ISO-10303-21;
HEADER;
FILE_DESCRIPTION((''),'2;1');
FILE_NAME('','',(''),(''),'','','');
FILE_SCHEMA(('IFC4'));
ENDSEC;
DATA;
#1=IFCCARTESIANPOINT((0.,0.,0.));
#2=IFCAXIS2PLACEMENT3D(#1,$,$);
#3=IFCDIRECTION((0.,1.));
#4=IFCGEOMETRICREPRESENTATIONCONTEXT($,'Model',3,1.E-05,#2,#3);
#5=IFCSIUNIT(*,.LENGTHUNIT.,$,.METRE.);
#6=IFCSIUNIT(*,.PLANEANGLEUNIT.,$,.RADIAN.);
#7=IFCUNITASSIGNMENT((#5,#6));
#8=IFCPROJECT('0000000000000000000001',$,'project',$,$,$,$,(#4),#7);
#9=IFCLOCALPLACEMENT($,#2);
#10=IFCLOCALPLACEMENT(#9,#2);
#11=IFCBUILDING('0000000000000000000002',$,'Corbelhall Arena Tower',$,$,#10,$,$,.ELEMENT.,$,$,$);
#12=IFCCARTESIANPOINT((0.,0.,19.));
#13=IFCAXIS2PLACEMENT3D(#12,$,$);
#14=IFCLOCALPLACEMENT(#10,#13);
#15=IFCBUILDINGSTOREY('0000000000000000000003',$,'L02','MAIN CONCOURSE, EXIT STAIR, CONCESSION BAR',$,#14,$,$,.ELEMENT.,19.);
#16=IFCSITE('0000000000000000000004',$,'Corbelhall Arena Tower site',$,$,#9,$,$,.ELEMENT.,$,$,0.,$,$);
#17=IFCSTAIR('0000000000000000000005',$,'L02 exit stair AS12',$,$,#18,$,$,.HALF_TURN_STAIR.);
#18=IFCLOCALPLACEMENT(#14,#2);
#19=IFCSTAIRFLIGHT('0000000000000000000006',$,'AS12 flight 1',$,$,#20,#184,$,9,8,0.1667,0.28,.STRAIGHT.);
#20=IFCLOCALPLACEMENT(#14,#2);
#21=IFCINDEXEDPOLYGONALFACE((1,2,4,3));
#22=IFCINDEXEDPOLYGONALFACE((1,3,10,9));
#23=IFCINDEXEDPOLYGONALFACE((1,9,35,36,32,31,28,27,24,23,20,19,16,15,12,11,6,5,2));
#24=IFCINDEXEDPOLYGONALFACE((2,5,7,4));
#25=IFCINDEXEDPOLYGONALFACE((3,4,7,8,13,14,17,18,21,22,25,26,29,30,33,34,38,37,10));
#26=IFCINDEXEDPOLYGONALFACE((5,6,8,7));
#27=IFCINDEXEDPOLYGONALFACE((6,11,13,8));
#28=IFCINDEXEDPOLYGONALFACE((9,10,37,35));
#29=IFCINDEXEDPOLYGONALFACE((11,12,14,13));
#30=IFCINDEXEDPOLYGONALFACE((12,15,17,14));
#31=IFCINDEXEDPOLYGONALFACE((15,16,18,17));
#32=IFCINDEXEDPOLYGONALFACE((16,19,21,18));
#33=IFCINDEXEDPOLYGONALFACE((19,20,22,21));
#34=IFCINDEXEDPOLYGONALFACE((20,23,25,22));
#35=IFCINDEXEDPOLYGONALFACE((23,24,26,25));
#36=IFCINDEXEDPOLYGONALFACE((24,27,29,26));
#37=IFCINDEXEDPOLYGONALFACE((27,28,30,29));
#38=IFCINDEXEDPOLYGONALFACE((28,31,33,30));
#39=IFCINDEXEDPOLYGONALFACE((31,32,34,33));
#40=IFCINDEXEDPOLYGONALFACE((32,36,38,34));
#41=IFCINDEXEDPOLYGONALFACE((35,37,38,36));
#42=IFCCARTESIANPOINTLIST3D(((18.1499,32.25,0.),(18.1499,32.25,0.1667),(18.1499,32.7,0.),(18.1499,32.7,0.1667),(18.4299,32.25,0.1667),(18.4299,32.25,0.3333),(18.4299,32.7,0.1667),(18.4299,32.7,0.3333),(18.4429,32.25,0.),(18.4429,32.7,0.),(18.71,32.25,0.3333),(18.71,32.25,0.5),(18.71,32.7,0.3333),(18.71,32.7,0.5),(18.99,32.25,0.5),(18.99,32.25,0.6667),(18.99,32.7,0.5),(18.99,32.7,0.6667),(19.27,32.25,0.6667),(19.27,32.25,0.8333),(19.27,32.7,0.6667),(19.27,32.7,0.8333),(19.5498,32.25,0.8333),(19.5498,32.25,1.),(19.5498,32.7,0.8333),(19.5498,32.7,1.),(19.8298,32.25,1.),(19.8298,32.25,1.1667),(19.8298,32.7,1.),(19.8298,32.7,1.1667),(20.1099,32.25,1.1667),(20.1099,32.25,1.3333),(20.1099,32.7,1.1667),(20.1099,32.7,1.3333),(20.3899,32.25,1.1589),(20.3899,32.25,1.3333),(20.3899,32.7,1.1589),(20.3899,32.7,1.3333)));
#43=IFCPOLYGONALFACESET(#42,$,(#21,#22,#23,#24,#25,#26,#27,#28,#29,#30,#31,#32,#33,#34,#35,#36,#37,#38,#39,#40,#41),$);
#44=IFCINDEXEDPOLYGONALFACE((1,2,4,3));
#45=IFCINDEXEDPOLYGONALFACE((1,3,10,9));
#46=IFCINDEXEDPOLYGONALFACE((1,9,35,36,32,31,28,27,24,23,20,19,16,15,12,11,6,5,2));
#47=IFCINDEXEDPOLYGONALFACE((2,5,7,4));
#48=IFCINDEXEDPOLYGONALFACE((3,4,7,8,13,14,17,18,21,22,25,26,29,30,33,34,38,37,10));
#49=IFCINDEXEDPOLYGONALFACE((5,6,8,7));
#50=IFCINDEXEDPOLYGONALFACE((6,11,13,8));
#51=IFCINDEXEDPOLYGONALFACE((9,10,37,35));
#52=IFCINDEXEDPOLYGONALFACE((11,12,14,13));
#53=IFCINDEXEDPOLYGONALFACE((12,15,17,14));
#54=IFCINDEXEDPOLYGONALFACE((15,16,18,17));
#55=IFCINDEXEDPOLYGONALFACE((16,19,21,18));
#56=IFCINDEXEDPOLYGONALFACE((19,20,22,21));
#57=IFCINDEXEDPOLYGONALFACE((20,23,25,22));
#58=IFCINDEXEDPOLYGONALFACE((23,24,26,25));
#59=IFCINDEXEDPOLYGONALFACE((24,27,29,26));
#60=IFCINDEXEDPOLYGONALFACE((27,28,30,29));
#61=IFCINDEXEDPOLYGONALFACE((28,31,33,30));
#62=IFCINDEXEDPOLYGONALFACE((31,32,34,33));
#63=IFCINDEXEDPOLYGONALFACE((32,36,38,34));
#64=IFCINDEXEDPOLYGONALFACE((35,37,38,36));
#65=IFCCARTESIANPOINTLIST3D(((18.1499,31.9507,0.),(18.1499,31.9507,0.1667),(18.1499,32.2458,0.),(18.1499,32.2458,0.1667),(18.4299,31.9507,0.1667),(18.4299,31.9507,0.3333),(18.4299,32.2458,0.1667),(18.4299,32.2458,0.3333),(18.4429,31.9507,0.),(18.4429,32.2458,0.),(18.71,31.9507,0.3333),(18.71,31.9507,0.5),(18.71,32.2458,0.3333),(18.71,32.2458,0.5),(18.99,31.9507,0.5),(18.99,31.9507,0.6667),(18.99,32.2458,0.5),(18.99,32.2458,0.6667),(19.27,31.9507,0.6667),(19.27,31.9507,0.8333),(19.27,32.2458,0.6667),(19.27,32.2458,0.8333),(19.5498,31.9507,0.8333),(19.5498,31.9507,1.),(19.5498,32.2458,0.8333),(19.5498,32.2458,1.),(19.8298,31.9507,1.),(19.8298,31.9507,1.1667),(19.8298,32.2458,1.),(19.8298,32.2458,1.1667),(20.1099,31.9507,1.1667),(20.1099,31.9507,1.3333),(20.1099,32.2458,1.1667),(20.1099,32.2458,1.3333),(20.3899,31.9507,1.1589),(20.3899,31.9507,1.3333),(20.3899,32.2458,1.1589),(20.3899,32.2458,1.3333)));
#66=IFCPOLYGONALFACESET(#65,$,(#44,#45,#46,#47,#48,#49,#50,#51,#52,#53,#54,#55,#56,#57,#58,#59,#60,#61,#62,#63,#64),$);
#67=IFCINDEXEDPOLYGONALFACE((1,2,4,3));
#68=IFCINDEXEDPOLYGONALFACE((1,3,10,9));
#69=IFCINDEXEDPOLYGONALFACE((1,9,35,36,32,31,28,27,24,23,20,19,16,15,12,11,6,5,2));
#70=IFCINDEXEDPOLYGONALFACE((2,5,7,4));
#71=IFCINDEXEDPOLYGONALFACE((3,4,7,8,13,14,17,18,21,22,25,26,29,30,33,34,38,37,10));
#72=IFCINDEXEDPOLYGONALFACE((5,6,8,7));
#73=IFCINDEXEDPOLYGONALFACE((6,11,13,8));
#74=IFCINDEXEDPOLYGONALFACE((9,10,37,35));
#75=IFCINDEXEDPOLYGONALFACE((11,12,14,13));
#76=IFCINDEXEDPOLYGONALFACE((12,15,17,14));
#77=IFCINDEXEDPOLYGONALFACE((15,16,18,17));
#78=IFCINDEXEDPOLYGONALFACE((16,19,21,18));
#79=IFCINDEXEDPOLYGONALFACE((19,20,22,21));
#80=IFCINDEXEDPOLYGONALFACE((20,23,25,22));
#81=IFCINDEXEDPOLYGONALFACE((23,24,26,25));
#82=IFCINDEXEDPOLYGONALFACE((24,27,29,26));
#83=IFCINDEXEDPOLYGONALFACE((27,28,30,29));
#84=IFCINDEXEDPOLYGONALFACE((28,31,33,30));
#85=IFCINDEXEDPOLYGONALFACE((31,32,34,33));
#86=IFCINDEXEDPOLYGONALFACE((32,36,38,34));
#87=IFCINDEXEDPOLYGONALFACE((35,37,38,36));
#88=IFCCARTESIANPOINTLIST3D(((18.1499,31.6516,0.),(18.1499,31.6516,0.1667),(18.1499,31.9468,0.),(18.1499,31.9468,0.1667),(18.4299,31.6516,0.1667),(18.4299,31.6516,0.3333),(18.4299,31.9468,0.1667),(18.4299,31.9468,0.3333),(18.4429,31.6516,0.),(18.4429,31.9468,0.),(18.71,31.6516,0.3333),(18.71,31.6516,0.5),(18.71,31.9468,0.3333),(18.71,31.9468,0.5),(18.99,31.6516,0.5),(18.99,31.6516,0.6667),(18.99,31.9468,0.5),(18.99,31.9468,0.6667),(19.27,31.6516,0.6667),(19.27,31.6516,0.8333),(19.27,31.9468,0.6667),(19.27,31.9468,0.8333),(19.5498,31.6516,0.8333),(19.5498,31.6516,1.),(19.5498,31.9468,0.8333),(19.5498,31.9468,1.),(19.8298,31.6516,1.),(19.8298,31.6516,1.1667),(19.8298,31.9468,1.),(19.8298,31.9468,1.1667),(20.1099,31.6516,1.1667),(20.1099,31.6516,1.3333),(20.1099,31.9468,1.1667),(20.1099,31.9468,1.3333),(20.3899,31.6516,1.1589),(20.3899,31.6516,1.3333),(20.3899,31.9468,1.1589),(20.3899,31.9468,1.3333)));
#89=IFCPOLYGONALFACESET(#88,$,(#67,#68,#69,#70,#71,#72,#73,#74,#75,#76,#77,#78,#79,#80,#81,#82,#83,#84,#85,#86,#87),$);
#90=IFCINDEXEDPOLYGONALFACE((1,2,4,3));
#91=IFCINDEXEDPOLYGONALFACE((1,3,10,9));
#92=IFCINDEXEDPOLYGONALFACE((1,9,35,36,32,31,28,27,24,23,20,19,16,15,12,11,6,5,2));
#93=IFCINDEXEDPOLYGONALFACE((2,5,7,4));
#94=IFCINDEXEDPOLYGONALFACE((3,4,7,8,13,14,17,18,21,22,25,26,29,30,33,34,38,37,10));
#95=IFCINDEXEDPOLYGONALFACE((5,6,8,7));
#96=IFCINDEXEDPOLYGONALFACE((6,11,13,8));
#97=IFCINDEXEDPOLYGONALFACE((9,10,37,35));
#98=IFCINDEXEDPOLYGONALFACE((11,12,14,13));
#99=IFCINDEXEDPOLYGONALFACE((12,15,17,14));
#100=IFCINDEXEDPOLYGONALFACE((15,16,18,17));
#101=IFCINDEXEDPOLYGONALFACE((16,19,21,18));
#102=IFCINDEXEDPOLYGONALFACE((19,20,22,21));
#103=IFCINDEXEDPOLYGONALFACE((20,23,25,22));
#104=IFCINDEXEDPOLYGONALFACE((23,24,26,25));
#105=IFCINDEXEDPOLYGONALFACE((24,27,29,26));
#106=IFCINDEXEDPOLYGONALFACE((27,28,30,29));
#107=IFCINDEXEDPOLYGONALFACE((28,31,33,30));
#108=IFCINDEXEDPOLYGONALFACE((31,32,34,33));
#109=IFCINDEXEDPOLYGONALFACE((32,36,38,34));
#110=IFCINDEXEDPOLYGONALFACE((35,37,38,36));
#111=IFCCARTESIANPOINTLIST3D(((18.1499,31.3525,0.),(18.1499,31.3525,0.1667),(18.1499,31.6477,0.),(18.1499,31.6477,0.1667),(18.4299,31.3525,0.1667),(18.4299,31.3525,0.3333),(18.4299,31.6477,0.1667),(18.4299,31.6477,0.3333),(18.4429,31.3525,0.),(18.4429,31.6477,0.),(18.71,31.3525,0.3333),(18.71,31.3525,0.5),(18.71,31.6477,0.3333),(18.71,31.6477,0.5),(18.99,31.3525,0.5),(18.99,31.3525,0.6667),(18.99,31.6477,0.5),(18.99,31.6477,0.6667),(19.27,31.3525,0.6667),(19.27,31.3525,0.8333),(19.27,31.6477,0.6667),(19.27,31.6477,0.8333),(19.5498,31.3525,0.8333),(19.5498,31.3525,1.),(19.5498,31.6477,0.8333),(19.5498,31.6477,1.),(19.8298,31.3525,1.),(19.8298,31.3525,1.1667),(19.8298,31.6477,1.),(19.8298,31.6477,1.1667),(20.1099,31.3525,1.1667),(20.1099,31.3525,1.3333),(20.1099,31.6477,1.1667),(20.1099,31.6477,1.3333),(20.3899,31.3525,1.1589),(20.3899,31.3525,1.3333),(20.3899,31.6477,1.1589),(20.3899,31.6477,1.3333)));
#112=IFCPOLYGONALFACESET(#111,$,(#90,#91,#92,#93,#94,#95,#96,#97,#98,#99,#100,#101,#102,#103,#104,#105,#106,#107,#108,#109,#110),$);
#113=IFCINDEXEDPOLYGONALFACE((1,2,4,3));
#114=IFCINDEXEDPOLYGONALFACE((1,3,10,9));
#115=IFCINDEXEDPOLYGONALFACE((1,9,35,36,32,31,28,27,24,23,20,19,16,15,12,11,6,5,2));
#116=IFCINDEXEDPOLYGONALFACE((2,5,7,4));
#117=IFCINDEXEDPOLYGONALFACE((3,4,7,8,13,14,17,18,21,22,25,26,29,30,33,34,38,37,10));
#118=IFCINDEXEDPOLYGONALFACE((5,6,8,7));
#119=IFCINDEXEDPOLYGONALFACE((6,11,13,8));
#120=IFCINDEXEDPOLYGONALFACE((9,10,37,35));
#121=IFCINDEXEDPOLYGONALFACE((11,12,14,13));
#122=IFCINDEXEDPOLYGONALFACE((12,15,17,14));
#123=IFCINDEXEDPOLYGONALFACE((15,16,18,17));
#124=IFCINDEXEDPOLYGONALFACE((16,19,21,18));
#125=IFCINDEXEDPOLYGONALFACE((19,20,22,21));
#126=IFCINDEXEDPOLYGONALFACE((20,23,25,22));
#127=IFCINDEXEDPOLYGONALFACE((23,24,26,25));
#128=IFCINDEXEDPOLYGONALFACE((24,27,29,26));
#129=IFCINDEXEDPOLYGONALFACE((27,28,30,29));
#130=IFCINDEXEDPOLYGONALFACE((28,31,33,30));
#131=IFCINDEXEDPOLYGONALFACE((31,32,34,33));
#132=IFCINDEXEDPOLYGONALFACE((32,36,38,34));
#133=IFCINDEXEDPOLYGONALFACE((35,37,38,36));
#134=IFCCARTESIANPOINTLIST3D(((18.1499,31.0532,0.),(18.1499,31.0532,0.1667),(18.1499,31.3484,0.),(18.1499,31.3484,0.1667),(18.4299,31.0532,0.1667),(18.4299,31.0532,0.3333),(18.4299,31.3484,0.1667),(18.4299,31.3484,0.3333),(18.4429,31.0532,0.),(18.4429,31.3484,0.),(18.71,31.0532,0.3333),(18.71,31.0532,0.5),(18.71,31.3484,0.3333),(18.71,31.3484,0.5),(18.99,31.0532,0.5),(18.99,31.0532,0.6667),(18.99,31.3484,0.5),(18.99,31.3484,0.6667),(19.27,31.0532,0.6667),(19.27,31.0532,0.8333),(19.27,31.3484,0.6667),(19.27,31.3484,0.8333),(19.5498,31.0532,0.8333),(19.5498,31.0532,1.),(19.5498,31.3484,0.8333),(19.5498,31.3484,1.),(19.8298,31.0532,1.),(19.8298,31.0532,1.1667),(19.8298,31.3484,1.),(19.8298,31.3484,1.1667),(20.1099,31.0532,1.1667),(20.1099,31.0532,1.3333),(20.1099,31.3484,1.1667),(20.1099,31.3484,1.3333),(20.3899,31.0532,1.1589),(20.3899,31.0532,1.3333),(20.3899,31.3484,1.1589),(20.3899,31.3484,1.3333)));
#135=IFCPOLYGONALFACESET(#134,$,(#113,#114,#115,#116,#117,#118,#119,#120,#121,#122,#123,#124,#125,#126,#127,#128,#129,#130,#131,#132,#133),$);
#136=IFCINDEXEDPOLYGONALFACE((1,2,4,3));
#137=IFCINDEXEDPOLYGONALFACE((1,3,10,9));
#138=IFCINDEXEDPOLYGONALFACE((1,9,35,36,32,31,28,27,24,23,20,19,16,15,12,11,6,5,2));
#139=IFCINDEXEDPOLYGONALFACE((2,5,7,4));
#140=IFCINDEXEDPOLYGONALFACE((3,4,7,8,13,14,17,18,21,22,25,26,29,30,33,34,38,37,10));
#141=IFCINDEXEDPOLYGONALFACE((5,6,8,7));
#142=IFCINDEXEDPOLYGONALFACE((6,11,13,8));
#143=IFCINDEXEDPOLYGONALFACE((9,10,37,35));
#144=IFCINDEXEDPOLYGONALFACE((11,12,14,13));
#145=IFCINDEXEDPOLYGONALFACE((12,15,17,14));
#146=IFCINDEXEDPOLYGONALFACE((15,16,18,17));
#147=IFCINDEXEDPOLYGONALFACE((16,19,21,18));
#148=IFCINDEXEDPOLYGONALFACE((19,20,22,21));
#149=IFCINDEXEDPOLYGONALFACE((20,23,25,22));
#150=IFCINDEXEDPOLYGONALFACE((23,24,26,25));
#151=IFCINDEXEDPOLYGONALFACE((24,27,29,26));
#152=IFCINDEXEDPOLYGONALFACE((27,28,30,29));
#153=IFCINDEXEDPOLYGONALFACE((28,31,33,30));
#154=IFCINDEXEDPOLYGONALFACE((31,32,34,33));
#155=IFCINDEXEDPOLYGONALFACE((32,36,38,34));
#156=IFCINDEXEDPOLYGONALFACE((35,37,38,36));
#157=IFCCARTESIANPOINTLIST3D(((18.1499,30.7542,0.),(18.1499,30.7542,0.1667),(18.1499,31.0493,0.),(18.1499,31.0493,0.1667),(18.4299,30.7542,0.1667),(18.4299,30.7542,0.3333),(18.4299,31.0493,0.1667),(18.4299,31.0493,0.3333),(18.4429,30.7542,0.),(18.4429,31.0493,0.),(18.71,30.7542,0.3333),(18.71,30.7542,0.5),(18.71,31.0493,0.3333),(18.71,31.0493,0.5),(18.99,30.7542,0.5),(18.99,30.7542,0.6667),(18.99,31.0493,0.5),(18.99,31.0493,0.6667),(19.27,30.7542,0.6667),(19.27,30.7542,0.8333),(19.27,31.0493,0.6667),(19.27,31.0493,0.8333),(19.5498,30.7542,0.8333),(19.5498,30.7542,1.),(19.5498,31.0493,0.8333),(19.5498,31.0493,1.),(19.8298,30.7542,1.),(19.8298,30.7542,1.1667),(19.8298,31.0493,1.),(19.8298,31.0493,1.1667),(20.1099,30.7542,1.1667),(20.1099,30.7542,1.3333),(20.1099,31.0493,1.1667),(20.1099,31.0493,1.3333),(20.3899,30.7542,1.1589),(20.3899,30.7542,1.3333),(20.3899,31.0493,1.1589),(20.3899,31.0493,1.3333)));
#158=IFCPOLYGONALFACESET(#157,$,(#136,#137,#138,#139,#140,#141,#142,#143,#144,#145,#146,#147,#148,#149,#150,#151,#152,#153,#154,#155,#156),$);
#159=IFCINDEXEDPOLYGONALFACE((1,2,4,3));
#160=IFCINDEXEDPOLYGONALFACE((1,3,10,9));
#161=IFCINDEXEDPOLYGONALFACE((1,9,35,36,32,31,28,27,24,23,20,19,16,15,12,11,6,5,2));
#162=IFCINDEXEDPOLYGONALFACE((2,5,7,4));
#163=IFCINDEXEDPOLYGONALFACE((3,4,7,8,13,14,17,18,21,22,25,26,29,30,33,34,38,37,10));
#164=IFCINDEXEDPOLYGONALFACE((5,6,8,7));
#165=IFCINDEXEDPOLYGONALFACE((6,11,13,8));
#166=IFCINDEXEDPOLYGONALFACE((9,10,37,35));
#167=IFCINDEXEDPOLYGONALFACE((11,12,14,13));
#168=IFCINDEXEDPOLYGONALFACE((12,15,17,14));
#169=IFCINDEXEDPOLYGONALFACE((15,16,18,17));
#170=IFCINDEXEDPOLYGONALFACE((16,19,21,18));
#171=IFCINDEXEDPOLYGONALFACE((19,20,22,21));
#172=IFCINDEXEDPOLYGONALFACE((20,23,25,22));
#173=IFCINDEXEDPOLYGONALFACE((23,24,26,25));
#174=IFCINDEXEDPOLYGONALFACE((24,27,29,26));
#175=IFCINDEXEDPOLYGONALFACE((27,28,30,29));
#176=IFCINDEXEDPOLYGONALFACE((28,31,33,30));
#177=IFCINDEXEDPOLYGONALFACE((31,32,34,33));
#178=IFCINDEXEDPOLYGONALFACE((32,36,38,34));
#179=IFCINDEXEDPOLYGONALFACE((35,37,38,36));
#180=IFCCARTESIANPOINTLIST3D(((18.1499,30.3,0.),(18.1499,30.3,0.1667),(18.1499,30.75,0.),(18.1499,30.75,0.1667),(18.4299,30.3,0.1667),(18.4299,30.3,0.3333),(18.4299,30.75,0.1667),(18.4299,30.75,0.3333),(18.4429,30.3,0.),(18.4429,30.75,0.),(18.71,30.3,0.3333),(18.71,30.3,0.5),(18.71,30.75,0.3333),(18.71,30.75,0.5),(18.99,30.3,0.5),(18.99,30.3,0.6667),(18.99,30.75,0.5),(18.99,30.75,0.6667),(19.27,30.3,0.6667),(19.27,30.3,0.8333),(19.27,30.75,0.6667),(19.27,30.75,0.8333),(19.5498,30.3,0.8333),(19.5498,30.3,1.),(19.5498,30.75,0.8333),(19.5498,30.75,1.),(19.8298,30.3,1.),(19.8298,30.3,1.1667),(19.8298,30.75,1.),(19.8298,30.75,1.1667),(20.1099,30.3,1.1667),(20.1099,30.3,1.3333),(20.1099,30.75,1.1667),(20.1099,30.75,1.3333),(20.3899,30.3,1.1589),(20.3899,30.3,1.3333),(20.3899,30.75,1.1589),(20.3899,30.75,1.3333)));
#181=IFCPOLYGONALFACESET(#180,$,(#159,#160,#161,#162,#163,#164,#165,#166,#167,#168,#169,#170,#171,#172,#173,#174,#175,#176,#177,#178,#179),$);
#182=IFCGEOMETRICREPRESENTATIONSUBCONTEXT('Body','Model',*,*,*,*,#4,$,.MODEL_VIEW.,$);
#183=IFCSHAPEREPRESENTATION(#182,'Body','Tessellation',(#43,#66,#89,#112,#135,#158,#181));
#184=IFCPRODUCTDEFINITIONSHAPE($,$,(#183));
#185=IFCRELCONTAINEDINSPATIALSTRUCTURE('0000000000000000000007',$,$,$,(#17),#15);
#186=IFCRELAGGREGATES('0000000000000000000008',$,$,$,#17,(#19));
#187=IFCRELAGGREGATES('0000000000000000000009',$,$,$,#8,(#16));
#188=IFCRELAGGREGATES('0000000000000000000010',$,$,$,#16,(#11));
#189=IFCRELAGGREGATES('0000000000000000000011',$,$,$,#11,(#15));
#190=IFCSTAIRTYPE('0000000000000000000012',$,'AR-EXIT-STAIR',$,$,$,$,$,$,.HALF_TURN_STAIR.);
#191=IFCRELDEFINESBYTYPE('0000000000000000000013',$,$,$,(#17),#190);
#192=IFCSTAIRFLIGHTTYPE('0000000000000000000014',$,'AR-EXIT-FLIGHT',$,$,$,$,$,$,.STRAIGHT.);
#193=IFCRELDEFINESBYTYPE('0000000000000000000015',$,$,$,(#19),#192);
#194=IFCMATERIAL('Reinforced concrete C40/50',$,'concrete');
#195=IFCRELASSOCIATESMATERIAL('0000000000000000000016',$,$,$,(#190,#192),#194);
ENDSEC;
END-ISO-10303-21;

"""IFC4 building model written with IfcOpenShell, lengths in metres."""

from ifc_helpers import new_model, si_unit, direction, frame, origin, place, context, subcontext, project, spatial, polyline, outline, extrude, material, type_object, element, aggregate, save


model = new_model("IFC4")

# Units and contexts
model_context = context("Model", 3, precision=1e-05, world=origin(), true_north=direction((0.0, 1.0)))
body_context = subcontext(model_context, "Body", "Model", "MODEL_VIEW")
ifc_project = project(units=[si_unit("LENGTHUNIT", "METRE"), si_unit("PLANEANGLEUNIT", "RADIAN")], contexts=[model_context])

# Site, building, storey
site_placement = place(None, origin())
site = spatial("IfcSite", under=ifc_project, at=site_placement, Name="Corbelhall Arena Tower site", CompositionType="ELEMENT", RefElevation=0.0)
building_placement = place(site_placement, origin())
building = spatial("IfcBuilding", under=site, at=building_placement, Name="Corbelhall Arena Tower", CompositionType="ELEMENT")
storey_placement = place(building_placement, frame((0.0, 0.0, 19.0)))
storey = spatial("IfcBuildingStorey", under=building, at=storey_placement, Name="L02", Description="MAIN CONCOURSE, EXIT STAIR, CONCESSION BAR", CompositionType="ELEMENT", Elevation=19.0)

# Shared definitions
ifc_material_1 = material(Name="Reinforced concrete C40/50", Category="concrete")

# Stair, stair flight
stair_type = type_object("IfcStairType", Name="AR-EXIT-STAIR", PredefinedType="HALF_TURN_STAIR", material=ifc_material_1)
stair_flight_type = type_object("IfcStairFlightType", Name="AR-EXIT-FLIGHT", PredefinedType="STRAIGHT", material=ifc_material_1)
stair_1_placement = place(storey_placement, origin())
stair_1 = element("IfcStair", 1, at=stair_1_placement, inside=storey, type_object=stair_type, Name="L02 exit stair AS12", PredefinedType="HALF_TURN_STAIR")
stair_flight_1_placement = place(storey_placement, frame((18.1499, 31.5, 0.0), z_axis=(0.0, 0.0, 1.0), x_axis=(1.0, 0.0, 0.0)))
stair_flight_1 = element("IfcStairFlight", 2, at=stair_flight_1_placement, type_object=stair_flight_type, Name="AS12 flight 1", NumberOfRisers=9, NumberOfTreads=8, PredefinedType="STRAIGHT", RiserHeight=0.1667, TreadLength=0.28, context=body_context, shape_type="SweptSolid", body=[
    extrude(outline(polyline([(0.0, 0.0), (0.0, 0.1667), (0.28, 0.1667), (0.28, 0.3333), (0.5601, 0.3333), (0.5601, 0.5), (0.8401, 0.5), (0.8401, 0.6667), (1.1201, 0.6667), (1.1201, 0.8333), (1.3999, 0.8333), (1.3999, 1.0), (1.6799, 1.0), (1.6799, 1.1667), (1.96, 1.1667), (1.96, 1.3333), (2.24, 1.3333), (2.24, 1.5), (2.24, 1.1589), (0.293, 0.0), (0.0, 0.0)])), frame((0.0, 1.2, 0.0), z_axis=(0.0, -1.0, 0.0), x_axis=(1.0, 0.0, 0.0)), (0.0, 0.0, 1.0), 0.45),
    extrude(outline(polyline([(0.0, 0.0), (0.0, 0.1667), (0.28, 0.1667), (0.28, 0.3333), (0.5601, 0.3333), (0.5601, 0.5), (0.8401, 0.5), (0.8401, 0.6667), (1.1201, 0.6667), (1.1201, 0.8333), (1.3999, 0.8333), (1.3999, 1.0), (1.6799, 1.0), (1.6799, 1.1667), (1.96, 1.1667), (1.96, 1.3333), (2.24, 1.3333), (2.24, 1.5), (2.24, 1.1589), (0.293, 0.0), (0.0, 0.0)])), frame((0.0, 0.7458, 0.0), z_axis=(0.0, -1.0, 0.0), x_axis=(1.0, 0.0, 0.0)), (0.0, 0.0, 1.0), 0.2952),
    extrude(outline(polyline([(0.0, 0.0), (0.0, 0.1667), (0.28, 0.1667), (0.28, 0.3333), (0.5601, 0.3333), (0.5601, 0.5), (0.8401, 0.5), (0.8401, 0.6667), (1.1201, 0.6667), (1.1201, 0.8333), (1.3999, 0.8333), (1.3999, 1.0), (1.6799, 1.0), (1.6799, 1.1667), (1.96, 1.1667), (1.96, 1.3333), (2.24, 1.3333), (2.24, 1.5), (2.24, 1.1589), (0.293, 0.0), (0.0, 0.0)])), frame((0.0, 0.4468, 0.0), z_axis=(0.0, -1.0, 0.0), x_axis=(1.0, 0.0, 0.0)), (0.0, 0.0, 1.0), 0.2952),
    extrude(outline(polyline([(0.0, 0.0), (0.0, 0.1667), (0.28, 0.1667), (0.28, 0.3333), (0.5601, 0.3333), (0.5601, 0.5), (0.8401, 0.5), (0.8401, 0.6667), (1.1201, 0.6667), (1.1201, 0.8333), (1.3999, 0.8333), (1.3999, 1.0), (1.6799, 1.0), (1.6799, 1.1667), (1.96, 1.1667), (1.96, 1.3333), (2.24, 1.3333), (2.24, 1.5), (2.24, 1.1589), (0.293, 0.0), (0.0, 0.0)])), frame((0.0, 0.1477, 0.0), z_axis=(0.0, -1.0, 0.0), x_axis=(1.0, 0.0, 0.0)), (0.0, 0.0, 1.0), 0.2952),
    extrude(outline(polyline([(0.0, 0.0), (0.0, 0.1667), (0.28, 0.1667), (0.28, 0.3333), (0.5601, 0.3333), (0.5601, 0.5), (0.8401, 0.5), (0.8401, 0.6667), (1.1201, 0.6667), (1.1201, 0.8333), (1.3999, 0.8333), (1.3999, 1.0), (1.6799, 1.0), (1.6799, 1.1667), (1.96, 1.1667), (1.96, 1.3333), (2.24, 1.3333), (2.24, 1.5), (2.24, 1.1589), (0.293, 0.0), (0.0, 0.0)])), frame((0.0, -0.1516, 0.0), z_axis=(0.0, -1.0, 0.0), x_axis=(1.0, 0.0, 0.0)), (0.0, 0.0, 1.0), 0.2952),
    extrude(outline(polyline([(0.0, 0.0), (0.0, 0.1667), (0.28, 0.1667), (0.28, 0.3333), (0.5601, 0.3333), (0.5601, 0.5), (0.8401, 0.5), (0.8401, 0.6667), (1.1201, 0.6667), (1.1201, 0.8333), (1.3999, 0.8333), (1.3999, 1.0), (1.6799, 1.0), (1.6799, 1.1667), (1.96, 1.1667), (1.96, 1.3333), (2.24, 1.3333), (2.24, 1.5), (2.24, 1.1589), (0.293, 0.0), (0.0, 0.0)])), frame((0.0, -0.4507, 0.0), z_axis=(0.0, -1.0, 0.0), x_axis=(1.0, 0.0, 0.0)), (0.0, 0.0, 1.0), 0.2952),
    extrude(outline(polyline([(0.0, 0.0), (0.0, 0.1667), (0.28, 0.1667), (0.28, 0.3333), (0.5601, 0.3333), (0.5601, 0.5), (0.8401, 0.5), (0.8401, 0.6667), (1.1201, 0.6667), (1.1201, 0.8333), (1.3999, 0.8333), (1.3999, 1.0), (1.6799, 1.0), (1.6799, 1.1667), (1.96, 1.1667), (1.96, 1.3333), (2.24, 1.3333), (2.24, 1.5), (2.24, 1.1589), (0.293, 0.0), (0.0, 0.0)])), frame((0.0, -0.75, 0.0), z_axis=(0.0, -1.0, 0.0), x_axis=(1.0, 0.0, 0.0)), (0.0, 0.0, 1.0), 0.45),
])
aggregate(stair_1, [stair_flight_1])

save(model, "model.ifc")
